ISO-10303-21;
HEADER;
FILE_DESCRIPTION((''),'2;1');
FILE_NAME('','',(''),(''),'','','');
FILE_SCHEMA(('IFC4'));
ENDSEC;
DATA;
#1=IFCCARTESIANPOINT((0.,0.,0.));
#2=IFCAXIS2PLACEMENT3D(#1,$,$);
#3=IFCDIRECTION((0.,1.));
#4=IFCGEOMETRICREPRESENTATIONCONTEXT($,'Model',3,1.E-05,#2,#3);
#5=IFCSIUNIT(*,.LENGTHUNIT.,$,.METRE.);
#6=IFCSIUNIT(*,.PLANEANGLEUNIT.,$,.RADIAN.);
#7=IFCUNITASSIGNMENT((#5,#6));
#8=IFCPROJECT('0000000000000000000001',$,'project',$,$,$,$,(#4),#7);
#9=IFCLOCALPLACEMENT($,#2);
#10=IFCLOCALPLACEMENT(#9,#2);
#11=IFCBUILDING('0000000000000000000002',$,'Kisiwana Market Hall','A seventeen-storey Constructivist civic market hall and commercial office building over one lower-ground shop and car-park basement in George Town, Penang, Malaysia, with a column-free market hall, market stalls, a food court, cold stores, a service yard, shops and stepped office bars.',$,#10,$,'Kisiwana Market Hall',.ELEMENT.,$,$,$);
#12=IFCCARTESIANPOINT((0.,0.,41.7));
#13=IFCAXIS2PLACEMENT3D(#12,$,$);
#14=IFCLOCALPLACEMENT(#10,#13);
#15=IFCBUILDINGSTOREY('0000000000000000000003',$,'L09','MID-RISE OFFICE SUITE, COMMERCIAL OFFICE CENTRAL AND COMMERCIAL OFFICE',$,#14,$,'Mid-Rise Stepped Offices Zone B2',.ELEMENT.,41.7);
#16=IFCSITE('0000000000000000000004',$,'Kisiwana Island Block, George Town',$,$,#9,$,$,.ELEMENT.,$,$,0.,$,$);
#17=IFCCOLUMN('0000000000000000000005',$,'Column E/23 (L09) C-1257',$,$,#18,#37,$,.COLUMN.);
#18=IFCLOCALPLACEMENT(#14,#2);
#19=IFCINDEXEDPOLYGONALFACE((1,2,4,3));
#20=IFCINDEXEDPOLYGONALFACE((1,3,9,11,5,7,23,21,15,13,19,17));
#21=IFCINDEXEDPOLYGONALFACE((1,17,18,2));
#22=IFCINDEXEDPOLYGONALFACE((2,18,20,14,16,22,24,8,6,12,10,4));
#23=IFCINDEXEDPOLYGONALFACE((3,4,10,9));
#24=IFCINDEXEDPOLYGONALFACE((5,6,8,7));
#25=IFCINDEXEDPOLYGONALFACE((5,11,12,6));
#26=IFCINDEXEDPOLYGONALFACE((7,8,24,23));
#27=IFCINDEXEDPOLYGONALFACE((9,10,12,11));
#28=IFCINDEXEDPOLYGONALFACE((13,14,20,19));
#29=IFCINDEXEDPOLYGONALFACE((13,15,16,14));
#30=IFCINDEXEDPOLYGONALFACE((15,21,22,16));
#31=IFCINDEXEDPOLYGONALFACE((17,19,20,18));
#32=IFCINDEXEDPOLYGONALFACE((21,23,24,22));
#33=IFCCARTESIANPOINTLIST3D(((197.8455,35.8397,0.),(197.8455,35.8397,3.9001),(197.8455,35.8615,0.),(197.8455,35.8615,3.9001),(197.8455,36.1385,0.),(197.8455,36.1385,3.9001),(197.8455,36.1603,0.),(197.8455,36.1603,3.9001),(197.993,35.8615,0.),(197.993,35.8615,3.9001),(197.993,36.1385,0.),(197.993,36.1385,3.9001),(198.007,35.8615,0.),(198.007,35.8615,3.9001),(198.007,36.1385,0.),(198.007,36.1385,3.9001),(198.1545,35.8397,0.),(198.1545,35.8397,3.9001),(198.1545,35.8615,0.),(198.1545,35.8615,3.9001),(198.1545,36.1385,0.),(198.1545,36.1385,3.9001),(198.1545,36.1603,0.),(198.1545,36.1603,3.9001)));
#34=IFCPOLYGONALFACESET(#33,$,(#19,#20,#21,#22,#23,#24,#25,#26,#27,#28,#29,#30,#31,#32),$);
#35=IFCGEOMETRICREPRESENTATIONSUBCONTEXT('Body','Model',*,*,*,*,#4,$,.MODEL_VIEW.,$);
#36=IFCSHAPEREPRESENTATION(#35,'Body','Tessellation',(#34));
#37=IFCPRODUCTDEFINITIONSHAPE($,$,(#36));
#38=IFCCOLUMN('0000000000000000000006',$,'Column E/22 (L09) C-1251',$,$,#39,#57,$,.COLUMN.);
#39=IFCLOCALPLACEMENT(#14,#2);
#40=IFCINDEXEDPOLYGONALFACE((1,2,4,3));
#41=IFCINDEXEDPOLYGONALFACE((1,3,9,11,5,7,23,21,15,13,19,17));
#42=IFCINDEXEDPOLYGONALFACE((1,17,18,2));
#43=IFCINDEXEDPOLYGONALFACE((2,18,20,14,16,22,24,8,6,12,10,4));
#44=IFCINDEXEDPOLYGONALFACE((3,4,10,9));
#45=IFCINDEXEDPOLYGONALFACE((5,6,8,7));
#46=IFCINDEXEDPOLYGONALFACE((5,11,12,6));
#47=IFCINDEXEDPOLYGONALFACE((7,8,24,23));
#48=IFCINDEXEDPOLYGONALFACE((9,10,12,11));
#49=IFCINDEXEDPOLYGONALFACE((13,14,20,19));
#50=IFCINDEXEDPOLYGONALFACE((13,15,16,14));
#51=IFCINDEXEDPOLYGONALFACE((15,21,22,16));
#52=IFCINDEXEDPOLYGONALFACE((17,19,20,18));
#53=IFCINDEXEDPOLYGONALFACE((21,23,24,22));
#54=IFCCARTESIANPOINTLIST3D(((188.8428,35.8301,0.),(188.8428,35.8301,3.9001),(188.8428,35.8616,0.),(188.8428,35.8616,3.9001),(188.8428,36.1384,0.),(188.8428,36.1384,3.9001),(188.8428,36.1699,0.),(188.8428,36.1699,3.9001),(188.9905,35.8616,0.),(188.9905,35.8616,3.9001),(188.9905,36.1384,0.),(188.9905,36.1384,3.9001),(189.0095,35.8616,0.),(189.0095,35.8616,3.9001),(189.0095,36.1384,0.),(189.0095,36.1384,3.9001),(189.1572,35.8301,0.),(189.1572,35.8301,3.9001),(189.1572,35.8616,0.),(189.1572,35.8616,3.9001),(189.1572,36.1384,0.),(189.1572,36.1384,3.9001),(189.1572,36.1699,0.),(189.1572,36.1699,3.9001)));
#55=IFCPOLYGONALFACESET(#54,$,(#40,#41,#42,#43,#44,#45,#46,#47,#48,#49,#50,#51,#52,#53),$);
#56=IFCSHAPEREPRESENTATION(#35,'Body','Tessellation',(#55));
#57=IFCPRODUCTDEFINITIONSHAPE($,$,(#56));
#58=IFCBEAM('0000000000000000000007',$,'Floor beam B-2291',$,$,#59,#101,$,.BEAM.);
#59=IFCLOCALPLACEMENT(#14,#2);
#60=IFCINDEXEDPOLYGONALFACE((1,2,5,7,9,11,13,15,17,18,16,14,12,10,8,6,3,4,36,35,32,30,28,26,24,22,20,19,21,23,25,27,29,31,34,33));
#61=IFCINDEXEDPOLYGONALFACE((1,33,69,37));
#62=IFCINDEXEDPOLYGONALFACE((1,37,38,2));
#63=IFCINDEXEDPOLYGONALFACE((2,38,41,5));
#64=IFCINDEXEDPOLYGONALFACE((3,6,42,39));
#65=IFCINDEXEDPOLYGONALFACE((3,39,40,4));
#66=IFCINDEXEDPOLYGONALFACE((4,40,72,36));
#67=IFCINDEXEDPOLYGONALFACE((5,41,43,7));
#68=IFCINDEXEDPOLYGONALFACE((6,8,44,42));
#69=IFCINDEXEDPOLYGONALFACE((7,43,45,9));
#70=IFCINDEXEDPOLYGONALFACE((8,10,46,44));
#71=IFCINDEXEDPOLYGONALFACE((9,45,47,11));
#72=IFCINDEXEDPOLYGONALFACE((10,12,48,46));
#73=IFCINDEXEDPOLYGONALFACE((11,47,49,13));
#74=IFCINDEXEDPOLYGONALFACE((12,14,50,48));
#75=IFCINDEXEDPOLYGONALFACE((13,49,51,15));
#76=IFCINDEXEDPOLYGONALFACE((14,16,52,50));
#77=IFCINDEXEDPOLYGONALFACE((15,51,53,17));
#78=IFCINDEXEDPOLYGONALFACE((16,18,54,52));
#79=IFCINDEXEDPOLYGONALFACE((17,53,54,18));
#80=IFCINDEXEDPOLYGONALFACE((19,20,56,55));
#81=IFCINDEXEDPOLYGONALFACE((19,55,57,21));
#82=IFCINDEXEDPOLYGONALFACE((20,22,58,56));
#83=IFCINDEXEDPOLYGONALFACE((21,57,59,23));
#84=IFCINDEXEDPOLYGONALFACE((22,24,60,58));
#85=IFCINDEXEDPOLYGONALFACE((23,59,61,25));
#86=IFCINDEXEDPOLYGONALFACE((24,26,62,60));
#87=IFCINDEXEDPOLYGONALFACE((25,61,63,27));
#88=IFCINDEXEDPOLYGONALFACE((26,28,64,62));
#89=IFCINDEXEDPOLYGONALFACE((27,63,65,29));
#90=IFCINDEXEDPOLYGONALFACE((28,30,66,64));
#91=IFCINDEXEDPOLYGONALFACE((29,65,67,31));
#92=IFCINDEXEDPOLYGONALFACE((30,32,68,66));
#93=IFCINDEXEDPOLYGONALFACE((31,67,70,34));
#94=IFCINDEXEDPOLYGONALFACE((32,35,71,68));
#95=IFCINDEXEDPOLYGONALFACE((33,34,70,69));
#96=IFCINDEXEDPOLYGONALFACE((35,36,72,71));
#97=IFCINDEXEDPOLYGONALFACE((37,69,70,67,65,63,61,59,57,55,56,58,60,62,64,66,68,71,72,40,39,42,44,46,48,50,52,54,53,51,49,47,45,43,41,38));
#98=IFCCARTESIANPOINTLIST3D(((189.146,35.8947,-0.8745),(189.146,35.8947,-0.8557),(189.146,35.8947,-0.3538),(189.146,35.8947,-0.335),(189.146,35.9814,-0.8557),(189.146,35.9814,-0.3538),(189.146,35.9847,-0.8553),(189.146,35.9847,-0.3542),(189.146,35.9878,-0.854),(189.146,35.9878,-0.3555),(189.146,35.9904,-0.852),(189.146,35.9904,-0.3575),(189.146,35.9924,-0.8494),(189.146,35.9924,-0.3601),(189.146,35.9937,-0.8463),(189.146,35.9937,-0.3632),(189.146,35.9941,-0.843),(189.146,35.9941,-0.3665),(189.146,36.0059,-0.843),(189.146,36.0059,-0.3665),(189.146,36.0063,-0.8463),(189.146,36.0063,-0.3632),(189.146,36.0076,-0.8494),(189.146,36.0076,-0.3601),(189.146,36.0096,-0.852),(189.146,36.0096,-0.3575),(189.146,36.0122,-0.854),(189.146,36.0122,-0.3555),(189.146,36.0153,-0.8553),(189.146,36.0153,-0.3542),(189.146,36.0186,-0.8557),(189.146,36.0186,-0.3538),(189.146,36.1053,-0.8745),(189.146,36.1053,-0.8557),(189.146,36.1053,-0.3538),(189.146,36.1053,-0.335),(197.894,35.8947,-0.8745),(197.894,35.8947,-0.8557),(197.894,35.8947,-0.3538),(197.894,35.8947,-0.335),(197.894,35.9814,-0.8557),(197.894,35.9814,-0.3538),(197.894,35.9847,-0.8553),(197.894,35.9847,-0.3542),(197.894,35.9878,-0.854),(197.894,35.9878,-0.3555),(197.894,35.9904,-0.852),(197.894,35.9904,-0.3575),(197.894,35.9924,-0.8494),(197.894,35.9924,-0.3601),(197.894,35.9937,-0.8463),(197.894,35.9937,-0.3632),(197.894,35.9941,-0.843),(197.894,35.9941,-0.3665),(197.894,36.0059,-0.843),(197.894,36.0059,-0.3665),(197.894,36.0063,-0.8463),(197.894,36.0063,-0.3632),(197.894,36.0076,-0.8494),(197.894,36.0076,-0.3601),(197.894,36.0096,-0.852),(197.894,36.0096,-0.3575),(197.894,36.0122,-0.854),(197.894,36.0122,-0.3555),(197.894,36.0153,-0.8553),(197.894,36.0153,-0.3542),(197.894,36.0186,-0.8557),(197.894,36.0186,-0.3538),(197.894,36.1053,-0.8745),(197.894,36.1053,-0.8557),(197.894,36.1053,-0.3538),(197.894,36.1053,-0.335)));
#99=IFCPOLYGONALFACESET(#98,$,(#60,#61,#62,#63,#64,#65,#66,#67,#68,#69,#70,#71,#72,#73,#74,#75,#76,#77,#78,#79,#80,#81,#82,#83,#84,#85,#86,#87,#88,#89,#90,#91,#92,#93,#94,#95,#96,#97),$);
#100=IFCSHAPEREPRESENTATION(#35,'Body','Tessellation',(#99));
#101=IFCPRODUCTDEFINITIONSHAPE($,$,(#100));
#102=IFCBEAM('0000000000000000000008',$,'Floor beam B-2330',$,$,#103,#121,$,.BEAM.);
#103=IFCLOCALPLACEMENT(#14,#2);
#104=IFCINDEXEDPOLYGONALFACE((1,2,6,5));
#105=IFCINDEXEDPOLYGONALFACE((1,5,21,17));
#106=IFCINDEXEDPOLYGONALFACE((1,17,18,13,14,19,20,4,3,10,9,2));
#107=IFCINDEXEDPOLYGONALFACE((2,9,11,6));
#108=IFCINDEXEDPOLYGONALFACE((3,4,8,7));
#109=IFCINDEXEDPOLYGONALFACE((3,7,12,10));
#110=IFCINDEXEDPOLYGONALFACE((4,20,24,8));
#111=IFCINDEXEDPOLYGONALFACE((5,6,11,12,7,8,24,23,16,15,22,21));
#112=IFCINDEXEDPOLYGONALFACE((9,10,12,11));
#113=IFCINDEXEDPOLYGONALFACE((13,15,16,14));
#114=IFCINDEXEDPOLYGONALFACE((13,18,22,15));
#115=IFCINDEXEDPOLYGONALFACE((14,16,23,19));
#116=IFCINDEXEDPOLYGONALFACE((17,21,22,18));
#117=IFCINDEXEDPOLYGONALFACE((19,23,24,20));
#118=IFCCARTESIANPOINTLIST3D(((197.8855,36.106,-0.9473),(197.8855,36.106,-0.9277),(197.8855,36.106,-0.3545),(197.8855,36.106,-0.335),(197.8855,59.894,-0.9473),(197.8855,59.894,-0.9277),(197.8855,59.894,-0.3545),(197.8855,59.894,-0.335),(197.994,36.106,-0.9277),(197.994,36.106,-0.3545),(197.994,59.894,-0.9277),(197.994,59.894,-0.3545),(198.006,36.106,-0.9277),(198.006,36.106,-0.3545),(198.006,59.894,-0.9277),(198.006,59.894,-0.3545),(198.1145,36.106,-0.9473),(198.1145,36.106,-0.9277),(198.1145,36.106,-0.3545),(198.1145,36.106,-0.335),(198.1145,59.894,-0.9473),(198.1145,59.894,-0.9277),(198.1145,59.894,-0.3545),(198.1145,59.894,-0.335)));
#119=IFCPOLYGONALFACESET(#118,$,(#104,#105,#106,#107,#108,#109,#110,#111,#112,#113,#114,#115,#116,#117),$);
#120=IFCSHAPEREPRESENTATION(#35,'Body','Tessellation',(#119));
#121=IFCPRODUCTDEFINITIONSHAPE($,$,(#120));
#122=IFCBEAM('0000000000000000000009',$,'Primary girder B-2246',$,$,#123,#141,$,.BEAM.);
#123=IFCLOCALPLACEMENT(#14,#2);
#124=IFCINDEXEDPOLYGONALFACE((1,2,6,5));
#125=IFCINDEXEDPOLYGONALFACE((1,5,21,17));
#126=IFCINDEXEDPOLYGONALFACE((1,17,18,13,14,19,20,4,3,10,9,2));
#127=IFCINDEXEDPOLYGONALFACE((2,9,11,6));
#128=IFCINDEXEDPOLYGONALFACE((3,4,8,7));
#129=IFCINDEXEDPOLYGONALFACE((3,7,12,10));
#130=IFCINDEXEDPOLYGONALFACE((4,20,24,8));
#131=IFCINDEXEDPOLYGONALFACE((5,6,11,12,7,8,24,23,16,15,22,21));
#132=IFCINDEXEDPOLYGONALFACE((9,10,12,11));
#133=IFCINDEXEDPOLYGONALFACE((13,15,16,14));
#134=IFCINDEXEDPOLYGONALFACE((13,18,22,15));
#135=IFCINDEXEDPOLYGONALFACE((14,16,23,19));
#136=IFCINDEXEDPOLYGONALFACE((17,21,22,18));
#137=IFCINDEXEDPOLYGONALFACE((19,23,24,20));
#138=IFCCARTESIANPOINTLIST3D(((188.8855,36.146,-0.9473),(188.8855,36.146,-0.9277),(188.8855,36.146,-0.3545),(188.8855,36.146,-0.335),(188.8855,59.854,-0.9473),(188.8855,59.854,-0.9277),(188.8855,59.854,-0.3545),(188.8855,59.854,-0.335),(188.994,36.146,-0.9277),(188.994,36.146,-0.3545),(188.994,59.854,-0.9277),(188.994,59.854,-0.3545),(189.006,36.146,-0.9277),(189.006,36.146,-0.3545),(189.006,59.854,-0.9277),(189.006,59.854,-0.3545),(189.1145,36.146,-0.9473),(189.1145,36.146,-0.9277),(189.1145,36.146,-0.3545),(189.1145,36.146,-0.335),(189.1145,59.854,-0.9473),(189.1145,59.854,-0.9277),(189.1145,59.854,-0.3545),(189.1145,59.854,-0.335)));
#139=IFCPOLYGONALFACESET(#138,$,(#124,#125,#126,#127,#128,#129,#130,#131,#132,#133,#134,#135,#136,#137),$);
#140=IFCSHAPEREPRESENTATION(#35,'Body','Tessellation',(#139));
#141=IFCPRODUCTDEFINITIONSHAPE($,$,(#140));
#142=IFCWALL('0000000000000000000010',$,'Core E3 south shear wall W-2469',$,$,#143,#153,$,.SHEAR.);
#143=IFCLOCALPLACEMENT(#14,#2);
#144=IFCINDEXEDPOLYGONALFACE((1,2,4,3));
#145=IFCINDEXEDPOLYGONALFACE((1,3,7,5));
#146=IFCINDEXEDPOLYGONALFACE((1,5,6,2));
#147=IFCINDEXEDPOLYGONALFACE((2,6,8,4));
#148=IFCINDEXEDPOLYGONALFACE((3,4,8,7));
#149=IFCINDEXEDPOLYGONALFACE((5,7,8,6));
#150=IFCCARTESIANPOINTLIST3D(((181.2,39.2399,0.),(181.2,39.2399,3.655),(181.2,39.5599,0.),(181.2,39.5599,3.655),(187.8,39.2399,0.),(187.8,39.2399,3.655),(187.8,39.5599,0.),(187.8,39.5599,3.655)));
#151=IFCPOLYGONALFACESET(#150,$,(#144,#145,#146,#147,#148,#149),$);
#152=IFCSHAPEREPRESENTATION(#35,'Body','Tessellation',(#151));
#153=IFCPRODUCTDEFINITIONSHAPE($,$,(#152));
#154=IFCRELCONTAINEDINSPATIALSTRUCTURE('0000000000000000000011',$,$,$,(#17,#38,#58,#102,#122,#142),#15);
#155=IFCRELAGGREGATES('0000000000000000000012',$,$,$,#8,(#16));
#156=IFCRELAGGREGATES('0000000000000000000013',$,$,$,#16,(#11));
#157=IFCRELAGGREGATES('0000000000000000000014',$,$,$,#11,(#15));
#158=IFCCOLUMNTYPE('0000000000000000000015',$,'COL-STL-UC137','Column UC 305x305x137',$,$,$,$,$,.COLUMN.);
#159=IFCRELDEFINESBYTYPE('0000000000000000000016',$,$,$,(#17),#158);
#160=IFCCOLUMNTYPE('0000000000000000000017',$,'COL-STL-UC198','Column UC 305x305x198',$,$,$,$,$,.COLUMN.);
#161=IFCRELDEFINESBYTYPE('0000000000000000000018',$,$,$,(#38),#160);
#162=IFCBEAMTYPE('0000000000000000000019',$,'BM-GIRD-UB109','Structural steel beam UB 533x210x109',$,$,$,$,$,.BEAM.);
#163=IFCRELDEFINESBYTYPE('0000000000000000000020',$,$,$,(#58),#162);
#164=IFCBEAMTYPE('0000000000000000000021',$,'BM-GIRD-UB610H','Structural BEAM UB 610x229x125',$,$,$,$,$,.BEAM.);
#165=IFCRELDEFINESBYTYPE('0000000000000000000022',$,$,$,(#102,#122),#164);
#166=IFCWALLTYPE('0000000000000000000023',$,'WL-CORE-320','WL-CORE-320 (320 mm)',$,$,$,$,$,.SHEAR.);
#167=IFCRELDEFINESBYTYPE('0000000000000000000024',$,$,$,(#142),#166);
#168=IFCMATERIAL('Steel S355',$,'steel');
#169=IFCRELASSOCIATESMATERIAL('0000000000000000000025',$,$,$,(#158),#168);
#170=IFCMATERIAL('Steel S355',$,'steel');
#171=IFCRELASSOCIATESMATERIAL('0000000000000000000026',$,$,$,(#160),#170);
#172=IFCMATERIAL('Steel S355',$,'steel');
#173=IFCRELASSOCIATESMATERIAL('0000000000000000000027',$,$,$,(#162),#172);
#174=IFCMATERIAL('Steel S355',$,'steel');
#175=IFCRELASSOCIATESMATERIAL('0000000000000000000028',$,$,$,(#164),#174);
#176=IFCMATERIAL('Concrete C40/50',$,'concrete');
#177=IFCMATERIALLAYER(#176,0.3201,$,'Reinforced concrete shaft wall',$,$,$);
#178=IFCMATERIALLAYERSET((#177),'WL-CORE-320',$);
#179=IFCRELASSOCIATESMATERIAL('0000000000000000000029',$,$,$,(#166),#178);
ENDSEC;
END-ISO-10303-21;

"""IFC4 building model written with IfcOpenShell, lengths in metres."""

from ifc_helpers import new_model, si_unit, direction, frame, frame_2d, origin, origin_2d, place, context, subcontext, project, spatial, rectangle, i_section, extrude, material, layer, layer_set, material_profile, profile_set, type_object, element, save


model = new_model("IFC4")

# Units and contexts
model_context = context("Model", 3, precision=1e-05, world=origin(), true_north=direction((0.0, 1.0)))
body_context = subcontext(model_context, "Body", "Model", "MODEL_VIEW")
ifc_project = project(units=[si_unit("LENGTHUNIT", "METRE"), si_unit("PLANEANGLEUNIT", "RADIAN")], contexts=[model_context])

# Site, building, storey
site_placement = place(None, origin())
site = spatial("IfcSite", under=ifc_project, at=site_placement, Name="Kisiwana Island Block, George Town", CompositionType="ELEMENT", RefElevation=0.0)
building_placement = place(site_placement, origin())
building = spatial("IfcBuilding", under=site, at=building_placement, Name="Kisiwana Market Hall", Description="A seventeen-storey Constructivist civic market hall and commercial office building over one lower-ground shop and car-park basement in George Town, Penang, Malaysia, with a column-free market hall, market stalls, a food court, cold stores, a service yard, shops and stepped office bars.", LongName="Kisiwana Market Hall", CompositionType="ELEMENT")
storey_placement = place(building_placement, frame((0.0, 0.0, 41.7)))
storey = spatial("IfcBuildingStorey", under=building, at=storey_placement, Name="L09", Description="MID-RISE OFFICE SUITE, COMMERCIAL OFFICE CENTRAL AND COMMERCIAL OFFICE", LongName="Mid-Rise Stepped Offices Zone B2", CompositionType="ELEMENT", Elevation=41.7)

# Columns
ifc_material_1 = material(Name="Steel S355", Category="steel")
ifc_material_profile_1 = material_profile(ifc_material_1, i_section(OverallWidth=0.3091, OverallDepth=0.3206, WebThickness=0.0139, FlangeThickness=0.0217, at=origin_2d()), Name="UC 305x305x137")
ifc_profile_set_1 = profile_set([ifc_material_profile_1], Name="Steel S355")
column_type_1 = type_object("IfcColumnType", Name="COL-STL-UC137", Description="Column UC 305x305x137", PredefinedType="COLUMN", material=ifc_profile_set_1)
column_1_placement = place(storey_placement, frame((198.0, 36.0, 0.0), z_axis=(0.0, 0.0, 1.0), x_axis=(1.0, 0.0, 0.0)))
element("IfcColumn", 1, at=column_1_placement, inside=storey, type_object=column_type_1, Name="Column E/23 (L09) C-1257", PredefinedType="COLUMN", context=body_context, shape_type="SweptSolid", body=[
    extrude(i_section(OverallWidth=0.3091, OverallDepth=0.3206, WebThickness=0.0139, FlangeThickness=0.0217, at=origin_2d()), origin(), (0.0, 0.0, 1.0), 3.9001),
])
ifc_material_2 = material(Name="Steel S355", Category="steel")
ifc_material_profile_2 = material_profile(ifc_material_2, i_section(OverallWidth=0.3145, OverallDepth=0.3398, WebThickness=0.019, FlangeThickness=0.0315, at=origin_2d()), Name="UC 305x305x198")
ifc_profile_set_2 = profile_set([ifc_material_profile_2], Name="Steel S355")
column_type_2 = type_object("IfcColumnType", Name="COL-STL-UC198", Description="Column UC 305x305x198", PredefinedType="COLUMN", material=ifc_profile_set_2)
column_2_placement = place(storey_placement, frame((189.0, 36.0, 0.0), z_axis=(0.0, 0.0, 1.0), x_axis=(1.0, 0.0, 0.0)))
element("IfcColumn", 2, at=column_2_placement, inside=storey, type_object=column_type_2, Name="Column E/22 (L09) C-1251", PredefinedType="COLUMN", context=body_context, shape_type="SweptSolid", body=[
    extrude(i_section(OverallWidth=0.3145, OverallDepth=0.3398, WebThickness=0.019, FlangeThickness=0.0315, at=origin_2d()), origin(), (0.0, 0.0, 1.0), 3.9001),
])

# Beams
ifc_material_3 = material(Name="Steel S355", Category="steel")
ifc_material_profile_3 = material_profile(ifc_material_3, i_section(OverallWidth=0.2107, OverallDepth=0.5396, WebThickness=0.0117, FlangeThickness=0.0188, FilletRadius=0.0127, at=origin_2d()), Name="UB 533x210x109")
ifc_profile_set_3 = profile_set([ifc_material_profile_3], Name="Steel S355")
beam_type_1 = type_object("IfcBeamType", Name="BM-GIRD-UB109", Description="Structural steel beam UB 533x210x109", PredefinedType="BEAM", material=ifc_profile_set_3)
beam_1_placement = place(storey_placement, frame((189.146, 36.0, -0.6047), z_axis=(1.0, 0.0, 0.0), x_axis=(0.0, 1.0, 0.0)))
element("IfcBeam", 3, at=beam_1_placement, inside=storey, type_object=beam_type_1, Name="Floor beam B-2291", PredefinedType="BEAM", context=body_context, shape_type="SweptSolid", body=[
    extrude(i_section(OverallWidth=0.2107, OverallDepth=0.5396, WebThickness=0.0117, FlangeThickness=0.0188, FilletRadius=0.0127, at=origin_2d()), origin(), (0.0, 0.0, 1.0), 8.748),
])
ifc_material_4 = material(Name="Steel S355", Category="steel")
ifc_material_profile_4 = material_profile(ifc_material_4, i_section(OverallWidth=0.229, OverallDepth=0.6123, WebThickness=0.012, FlangeThickness=0.0195, at=origin_2d()), Name="UB 610x229x125")
ifc_profile_set_4 = profile_set([ifc_material_profile_4], Name="Steel S355")
beam_type_2 = type_object("IfcBeamType", Name="BM-GIRD-UB610H", Description="Structural BEAM UB 610x229x125", PredefinedType="BEAM", material=ifc_profile_set_4)
beam_2_placement = place(storey_placement, frame((198.0, 36.106, -0.6411), z_axis=(0.0, 1.0, 0.0), x_axis=(-1.0, 0.0, 0.0)))
element("IfcBeam", 4, at=beam_2_placement, inside=storey, type_object=beam_type_2, Name="Floor beam B-2330", PredefinedType="BEAM", context=body_context, shape_type="SweptSolid", body=[
    extrude(i_section(OverallWidth=0.229, OverallDepth=0.6123, WebThickness=0.012, FlangeThickness=0.0195, at=origin_2d()), origin(), (0.0, 0.0, 1.0), 23.7881),
])
beam_3_placement = place(storey_placement, frame((189.0, 36.146, -0.6411), z_axis=(0.0, 1.0, 0.0), x_axis=(-1.0, 0.0, 0.0)))
element("IfcBeam", 5, at=beam_3_placement, inside=storey, type_object=beam_type_2, Name="Primary girder B-2246", PredefinedType="BEAM", context=body_context, shape_type="SweptSolid", body=[
    extrude(i_section(OverallWidth=0.229, OverallDepth=0.6123, WebThickness=0.012, FlangeThickness=0.0195, at=origin_2d()), origin(), (0.0, 0.0, 1.0), 23.708),
])

# Wall
ifc_material_5 = material(Name="Concrete C40/50", Category="concrete")
ifc_layer_1 = layer(ifc_material_5, 0.3201, Name="Reinforced concrete shaft wall")
ifc_layer_set_1 = layer_set([ifc_layer_1], Name="WL-CORE-320")
wall_type_1 = type_object("IfcWallType", Name="WL-CORE-320", Description="WL-CORE-320 (320 mm)", PredefinedType="SHEAR", material=ifc_layer_set_1)
wall_1_placement = place(storey_placement, frame((181.2, 39.3999, 0.0), z_axis=(0.0, 0.0, 1.0), x_axis=(1.0, 0.0, 0.0)))
element("IfcWall", 6, at=wall_1_placement, inside=storey, type_object=wall_type_1, Name="Core E3 south shear wall W-2469", PredefinedType="SHEAR", context=body_context, shape_type="SweptSolid", body=[
    extrude(rectangle(XDim=6.6001, YDim=0.3201, at=frame_2d((3.3, 0.0))), origin(), (0.0, 0.0, 1.0), 3.655),
])

save(model, "model.ifc")
